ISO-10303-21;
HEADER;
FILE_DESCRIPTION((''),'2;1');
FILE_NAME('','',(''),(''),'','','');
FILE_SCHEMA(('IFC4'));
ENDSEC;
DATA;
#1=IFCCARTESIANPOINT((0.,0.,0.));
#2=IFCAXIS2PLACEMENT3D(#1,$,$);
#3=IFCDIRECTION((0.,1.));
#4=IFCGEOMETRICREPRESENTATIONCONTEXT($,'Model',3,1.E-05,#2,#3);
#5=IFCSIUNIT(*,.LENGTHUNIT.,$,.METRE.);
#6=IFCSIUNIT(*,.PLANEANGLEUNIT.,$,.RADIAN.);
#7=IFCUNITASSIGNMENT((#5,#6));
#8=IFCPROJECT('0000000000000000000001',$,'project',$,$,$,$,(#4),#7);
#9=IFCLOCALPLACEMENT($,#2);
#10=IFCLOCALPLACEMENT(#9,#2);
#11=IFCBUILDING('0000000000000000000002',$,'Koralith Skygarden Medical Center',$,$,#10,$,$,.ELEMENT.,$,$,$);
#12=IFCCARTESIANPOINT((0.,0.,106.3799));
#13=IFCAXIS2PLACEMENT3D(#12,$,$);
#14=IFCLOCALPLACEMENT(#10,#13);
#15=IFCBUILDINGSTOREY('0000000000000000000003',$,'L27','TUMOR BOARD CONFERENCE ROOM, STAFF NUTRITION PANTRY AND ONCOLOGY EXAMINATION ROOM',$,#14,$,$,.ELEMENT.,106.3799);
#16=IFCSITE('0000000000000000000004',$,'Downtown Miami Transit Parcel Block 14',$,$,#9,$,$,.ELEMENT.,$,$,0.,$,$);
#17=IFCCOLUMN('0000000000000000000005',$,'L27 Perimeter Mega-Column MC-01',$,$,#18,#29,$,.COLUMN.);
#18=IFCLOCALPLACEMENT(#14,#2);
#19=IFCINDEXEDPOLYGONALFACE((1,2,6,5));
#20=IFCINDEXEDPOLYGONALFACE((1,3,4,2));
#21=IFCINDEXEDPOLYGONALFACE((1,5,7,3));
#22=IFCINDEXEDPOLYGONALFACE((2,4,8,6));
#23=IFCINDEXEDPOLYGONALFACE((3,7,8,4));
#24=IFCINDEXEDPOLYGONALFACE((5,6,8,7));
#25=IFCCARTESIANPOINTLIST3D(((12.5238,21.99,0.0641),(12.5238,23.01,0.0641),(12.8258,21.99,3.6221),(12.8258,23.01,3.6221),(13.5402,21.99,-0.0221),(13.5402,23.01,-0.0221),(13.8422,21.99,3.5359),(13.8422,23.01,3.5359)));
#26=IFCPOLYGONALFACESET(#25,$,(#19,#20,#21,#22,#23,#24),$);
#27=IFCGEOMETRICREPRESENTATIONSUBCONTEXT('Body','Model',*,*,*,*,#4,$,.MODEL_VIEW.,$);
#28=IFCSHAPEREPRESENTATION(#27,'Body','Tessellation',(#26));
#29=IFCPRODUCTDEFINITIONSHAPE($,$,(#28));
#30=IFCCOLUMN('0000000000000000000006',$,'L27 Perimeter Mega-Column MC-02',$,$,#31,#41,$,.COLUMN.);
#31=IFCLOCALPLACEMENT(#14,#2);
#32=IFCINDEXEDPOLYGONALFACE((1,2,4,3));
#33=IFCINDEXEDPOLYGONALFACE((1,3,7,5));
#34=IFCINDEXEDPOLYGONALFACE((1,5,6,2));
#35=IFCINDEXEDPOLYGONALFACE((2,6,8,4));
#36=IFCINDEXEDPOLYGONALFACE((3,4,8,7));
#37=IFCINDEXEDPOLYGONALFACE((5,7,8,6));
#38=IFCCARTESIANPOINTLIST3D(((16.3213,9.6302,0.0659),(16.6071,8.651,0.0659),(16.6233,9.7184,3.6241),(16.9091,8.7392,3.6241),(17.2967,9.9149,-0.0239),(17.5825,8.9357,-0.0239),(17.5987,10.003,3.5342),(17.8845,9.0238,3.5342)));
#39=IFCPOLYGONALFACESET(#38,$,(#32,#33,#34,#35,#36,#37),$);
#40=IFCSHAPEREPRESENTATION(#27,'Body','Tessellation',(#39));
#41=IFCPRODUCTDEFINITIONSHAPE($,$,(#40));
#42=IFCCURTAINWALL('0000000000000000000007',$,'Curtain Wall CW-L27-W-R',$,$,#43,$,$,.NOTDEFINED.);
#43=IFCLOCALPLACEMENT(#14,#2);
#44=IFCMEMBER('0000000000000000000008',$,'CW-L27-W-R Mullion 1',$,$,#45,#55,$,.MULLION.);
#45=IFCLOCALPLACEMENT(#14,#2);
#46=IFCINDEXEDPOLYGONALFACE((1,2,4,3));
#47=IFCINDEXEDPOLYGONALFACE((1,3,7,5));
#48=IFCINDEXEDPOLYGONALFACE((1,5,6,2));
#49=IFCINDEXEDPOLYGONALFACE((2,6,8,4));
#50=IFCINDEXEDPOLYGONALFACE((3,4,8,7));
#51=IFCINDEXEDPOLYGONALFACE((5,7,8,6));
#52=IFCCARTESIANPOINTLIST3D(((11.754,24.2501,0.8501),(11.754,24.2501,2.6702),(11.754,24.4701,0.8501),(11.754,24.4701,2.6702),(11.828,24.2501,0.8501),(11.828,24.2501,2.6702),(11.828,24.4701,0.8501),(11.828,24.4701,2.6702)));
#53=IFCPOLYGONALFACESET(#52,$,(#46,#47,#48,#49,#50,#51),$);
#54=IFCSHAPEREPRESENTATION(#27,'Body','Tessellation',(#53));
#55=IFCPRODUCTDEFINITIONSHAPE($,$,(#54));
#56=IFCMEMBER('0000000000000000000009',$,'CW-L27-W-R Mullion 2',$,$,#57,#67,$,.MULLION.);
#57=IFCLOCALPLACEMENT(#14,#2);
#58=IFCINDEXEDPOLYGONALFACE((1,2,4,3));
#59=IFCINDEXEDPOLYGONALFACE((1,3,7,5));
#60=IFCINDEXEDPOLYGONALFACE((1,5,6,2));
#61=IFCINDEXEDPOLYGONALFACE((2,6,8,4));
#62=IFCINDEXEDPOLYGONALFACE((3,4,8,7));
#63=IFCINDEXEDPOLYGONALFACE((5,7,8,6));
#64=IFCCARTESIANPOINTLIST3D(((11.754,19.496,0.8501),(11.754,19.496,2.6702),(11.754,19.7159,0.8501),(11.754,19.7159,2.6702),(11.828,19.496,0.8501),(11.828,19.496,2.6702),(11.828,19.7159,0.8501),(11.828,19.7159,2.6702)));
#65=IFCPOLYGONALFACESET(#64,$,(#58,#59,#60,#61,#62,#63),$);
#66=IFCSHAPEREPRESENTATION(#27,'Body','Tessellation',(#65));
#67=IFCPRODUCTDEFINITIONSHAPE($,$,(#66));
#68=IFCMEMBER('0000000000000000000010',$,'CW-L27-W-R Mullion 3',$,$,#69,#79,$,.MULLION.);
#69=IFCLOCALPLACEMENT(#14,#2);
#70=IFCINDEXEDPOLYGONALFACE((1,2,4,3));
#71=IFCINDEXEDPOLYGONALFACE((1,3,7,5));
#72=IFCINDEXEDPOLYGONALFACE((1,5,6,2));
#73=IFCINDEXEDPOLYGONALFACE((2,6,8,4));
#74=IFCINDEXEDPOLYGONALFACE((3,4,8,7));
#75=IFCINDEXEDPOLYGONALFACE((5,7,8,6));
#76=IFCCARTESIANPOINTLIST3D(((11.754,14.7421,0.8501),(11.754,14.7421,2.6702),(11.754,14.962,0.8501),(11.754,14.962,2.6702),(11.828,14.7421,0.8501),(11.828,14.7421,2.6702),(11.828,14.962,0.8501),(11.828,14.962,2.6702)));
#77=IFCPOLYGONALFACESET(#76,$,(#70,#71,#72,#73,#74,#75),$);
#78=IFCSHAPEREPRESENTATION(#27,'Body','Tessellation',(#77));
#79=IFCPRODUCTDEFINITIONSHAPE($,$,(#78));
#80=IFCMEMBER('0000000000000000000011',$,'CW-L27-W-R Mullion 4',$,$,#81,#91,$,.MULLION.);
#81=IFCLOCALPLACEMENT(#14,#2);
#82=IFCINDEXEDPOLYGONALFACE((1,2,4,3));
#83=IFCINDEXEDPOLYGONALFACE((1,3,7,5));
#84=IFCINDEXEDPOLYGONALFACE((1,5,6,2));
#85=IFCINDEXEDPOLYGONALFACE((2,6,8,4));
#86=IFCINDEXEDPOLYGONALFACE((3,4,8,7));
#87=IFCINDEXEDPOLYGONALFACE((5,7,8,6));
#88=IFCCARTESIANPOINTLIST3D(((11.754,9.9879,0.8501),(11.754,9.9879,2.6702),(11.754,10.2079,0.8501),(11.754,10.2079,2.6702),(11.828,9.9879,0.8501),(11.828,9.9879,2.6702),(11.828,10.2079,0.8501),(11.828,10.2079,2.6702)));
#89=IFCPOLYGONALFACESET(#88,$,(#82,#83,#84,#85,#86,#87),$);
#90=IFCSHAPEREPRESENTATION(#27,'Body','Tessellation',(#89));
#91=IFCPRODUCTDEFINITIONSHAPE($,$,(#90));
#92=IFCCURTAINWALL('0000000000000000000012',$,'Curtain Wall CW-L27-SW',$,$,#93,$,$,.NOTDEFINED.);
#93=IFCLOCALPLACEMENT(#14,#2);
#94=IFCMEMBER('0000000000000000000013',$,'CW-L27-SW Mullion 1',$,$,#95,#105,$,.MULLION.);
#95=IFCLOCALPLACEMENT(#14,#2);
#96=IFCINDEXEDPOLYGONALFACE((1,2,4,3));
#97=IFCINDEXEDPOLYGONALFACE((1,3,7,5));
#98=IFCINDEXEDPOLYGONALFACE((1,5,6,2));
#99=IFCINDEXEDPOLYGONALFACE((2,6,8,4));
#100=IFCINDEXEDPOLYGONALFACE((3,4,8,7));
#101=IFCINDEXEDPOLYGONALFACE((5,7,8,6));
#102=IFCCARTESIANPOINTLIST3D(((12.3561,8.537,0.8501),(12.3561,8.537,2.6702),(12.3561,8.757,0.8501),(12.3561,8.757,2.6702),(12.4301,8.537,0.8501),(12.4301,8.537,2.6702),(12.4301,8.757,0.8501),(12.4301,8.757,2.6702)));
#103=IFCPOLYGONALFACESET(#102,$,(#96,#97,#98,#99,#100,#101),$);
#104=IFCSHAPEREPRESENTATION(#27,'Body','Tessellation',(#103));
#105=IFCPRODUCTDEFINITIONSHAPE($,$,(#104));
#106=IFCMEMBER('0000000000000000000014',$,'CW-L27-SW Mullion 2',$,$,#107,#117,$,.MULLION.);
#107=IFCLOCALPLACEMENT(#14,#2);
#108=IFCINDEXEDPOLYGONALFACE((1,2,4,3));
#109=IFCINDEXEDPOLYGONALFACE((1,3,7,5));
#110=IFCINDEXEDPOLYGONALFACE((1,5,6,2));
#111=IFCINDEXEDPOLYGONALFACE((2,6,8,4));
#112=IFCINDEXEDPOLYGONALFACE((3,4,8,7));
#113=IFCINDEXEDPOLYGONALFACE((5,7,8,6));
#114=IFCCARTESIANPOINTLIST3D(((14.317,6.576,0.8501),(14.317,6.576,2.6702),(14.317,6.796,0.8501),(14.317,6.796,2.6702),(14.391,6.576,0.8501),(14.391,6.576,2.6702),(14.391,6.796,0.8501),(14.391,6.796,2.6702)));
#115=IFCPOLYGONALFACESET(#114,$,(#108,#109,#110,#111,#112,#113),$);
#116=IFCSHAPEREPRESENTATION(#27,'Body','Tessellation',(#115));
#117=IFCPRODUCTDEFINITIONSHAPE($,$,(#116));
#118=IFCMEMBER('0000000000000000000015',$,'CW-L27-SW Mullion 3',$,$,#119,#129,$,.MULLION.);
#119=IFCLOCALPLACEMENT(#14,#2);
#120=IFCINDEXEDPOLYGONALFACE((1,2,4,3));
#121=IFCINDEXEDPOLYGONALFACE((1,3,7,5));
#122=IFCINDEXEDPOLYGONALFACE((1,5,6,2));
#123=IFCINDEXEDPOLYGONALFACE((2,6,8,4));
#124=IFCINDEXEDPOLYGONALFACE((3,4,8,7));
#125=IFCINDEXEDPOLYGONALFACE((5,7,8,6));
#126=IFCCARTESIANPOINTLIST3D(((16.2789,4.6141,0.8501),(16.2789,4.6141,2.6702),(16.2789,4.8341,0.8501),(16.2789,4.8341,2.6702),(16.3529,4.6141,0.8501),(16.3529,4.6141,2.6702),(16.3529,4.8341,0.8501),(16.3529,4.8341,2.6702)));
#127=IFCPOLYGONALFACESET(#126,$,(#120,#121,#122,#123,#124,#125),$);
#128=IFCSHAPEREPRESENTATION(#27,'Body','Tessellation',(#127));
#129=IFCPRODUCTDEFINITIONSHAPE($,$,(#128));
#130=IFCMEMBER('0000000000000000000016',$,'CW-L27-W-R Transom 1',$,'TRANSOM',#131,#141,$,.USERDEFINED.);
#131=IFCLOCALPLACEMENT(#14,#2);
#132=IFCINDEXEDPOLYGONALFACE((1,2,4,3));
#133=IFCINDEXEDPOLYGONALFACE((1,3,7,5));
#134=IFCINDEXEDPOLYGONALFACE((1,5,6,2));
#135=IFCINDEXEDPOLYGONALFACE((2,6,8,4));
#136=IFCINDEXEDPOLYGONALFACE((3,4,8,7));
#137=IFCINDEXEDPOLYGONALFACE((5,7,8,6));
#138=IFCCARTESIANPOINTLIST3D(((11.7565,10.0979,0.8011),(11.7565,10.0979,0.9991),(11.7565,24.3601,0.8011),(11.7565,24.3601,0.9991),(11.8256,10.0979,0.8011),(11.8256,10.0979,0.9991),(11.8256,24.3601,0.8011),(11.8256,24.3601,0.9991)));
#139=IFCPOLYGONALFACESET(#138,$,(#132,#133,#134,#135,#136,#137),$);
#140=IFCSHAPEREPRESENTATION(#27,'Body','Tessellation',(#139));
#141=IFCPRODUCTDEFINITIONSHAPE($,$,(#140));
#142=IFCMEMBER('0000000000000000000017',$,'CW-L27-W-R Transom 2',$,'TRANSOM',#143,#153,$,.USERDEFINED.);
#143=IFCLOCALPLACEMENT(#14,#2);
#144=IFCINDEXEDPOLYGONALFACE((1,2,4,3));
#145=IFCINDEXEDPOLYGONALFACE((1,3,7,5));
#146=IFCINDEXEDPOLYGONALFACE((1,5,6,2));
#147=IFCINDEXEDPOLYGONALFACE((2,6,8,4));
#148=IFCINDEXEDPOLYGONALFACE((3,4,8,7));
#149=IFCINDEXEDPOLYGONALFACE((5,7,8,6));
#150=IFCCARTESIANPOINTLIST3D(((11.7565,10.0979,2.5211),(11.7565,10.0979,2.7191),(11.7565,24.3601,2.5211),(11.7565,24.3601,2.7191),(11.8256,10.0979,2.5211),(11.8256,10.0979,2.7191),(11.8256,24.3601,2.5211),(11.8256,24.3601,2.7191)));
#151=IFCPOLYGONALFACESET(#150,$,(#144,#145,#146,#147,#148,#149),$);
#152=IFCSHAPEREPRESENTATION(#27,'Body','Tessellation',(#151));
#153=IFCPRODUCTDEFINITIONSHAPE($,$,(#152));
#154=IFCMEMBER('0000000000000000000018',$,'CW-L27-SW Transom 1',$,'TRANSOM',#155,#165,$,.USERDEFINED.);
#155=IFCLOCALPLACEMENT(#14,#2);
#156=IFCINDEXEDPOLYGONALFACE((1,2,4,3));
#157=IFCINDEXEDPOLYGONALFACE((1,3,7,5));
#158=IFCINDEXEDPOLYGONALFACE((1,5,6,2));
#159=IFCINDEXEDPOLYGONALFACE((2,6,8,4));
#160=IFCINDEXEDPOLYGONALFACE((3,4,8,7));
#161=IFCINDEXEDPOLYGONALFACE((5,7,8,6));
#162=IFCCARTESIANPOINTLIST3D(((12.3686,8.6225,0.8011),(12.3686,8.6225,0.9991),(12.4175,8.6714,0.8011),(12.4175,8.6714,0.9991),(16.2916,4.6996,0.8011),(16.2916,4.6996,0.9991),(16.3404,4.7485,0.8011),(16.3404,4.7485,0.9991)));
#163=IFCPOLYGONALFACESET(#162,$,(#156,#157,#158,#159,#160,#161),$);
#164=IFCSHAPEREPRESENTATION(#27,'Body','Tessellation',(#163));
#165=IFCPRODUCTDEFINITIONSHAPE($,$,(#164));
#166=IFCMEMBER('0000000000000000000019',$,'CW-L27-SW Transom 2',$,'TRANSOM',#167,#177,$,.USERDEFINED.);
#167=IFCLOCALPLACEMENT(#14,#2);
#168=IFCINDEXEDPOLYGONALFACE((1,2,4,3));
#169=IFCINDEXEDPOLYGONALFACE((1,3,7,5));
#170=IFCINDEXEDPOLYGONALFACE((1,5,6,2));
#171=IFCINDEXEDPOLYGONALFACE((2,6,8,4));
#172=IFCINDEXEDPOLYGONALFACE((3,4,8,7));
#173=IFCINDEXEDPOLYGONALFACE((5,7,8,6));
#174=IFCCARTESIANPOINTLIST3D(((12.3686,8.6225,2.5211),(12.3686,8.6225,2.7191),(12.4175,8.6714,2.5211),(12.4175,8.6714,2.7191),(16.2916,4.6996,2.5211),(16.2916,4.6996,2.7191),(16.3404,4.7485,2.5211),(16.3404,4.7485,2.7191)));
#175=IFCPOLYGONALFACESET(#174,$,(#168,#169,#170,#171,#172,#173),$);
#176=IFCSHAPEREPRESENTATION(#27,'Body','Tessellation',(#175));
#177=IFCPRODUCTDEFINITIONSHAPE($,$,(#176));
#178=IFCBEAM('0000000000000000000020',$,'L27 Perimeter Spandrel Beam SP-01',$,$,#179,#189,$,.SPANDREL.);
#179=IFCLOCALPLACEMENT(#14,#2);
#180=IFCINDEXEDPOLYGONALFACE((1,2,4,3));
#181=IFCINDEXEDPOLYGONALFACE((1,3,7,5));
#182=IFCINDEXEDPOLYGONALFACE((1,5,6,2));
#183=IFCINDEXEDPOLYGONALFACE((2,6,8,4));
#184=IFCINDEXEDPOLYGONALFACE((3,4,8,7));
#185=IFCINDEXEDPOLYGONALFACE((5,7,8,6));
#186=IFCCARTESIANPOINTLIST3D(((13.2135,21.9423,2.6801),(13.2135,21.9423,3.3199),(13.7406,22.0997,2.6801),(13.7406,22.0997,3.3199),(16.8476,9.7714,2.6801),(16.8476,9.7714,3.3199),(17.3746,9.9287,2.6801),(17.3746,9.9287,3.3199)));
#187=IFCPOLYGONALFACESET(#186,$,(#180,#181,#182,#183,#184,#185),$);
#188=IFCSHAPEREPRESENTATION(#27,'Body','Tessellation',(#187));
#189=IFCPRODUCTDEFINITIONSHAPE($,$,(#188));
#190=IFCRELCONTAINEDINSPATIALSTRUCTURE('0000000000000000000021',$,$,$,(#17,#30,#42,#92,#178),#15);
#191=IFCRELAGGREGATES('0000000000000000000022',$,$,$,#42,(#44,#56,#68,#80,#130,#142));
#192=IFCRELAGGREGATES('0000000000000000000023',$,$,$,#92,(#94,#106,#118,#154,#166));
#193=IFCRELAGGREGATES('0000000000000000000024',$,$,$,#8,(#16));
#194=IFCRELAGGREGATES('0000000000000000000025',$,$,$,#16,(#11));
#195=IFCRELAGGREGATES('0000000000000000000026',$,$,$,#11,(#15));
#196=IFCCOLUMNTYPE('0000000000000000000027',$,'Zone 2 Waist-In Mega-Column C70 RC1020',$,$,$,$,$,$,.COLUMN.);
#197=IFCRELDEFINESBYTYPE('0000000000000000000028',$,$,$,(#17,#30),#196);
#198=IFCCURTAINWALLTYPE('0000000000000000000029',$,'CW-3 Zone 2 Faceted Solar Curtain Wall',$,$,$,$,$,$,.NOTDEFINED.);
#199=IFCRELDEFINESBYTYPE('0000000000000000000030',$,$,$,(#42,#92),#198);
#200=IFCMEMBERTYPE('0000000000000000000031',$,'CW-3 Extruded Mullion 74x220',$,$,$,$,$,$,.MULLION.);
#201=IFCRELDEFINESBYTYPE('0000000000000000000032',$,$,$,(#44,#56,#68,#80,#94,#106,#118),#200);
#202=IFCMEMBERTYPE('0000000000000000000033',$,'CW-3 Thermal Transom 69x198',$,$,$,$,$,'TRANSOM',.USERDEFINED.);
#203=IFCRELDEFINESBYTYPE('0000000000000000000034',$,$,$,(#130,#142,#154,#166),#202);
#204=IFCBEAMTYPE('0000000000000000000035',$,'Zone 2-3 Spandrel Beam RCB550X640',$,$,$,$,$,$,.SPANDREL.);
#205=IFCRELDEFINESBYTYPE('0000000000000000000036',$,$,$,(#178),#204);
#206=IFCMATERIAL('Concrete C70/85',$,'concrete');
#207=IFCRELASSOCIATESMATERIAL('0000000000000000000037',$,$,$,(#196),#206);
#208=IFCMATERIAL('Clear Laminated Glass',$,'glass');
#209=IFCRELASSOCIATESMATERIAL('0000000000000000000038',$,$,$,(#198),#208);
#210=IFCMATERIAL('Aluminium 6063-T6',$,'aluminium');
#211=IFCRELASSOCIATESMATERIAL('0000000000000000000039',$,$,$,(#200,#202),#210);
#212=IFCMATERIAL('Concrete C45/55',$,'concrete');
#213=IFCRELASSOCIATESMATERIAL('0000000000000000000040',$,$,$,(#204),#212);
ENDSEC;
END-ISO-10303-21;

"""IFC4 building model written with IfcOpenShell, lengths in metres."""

from ifc_helpers import new_model, si_unit, direction, frame, origin, origin_2d, place, context, subcontext, project, spatial, rectangle, extrude, material, material_profile, profile_set, type_object, element, aggregate, save


model = new_model("IFC4")

# Units and contexts
model_context = context("Model", 3, precision=1e-05, world=origin(), true_north=direction((0.0, 1.0)))
body_context = subcontext(model_context, "Body", "Model", "MODEL_VIEW")
ifc_project = project(units=[si_unit("LENGTHUNIT", "METRE"), si_unit("PLANEANGLEUNIT", "RADIAN")], contexts=[model_context])

# Site, building, storey
site_placement = place(None, origin())
site = spatial("IfcSite", under=ifc_project, at=site_placement, Name="Downtown Miami Transit Parcel Block 14", CompositionType="ELEMENT", RefElevation=0.0)
building_placement = place(site_placement, origin())
building = spatial("IfcBuilding", under=site, at=building_placement, Name="Koralith Skygarden Medical Center", CompositionType="ELEMENT")
storey_placement = place(building_placement, frame((0.0, 0.0, 106.3799)))
storey = spatial("IfcBuildingStorey", under=building, at=storey_placement, Name="L27", Description="TUMOR BOARD CONFERENCE ROOM, STAFF NUTRITION PANTRY AND ONCOLOGY EXAMINATION ROOM", CompositionType="ELEMENT", Elevation=106.3799)

# Columns
ifc_material_1 = material(Name="Concrete C70/85", Category="concrete")
ifc_material_profile_1 = material_profile(ifc_material_1, rectangle(XDim=1.02, YDim=1.02, at=origin_2d()), Name="RC1020X1020")
ifc_profile_set_1 = profile_set([ifc_material_profile_1], Name="Concrete C70/85")
column_type = type_object("IfcColumnType", Name="Zone 2 Waist-In Mega-Column C70 RC1020", PredefinedType="COLUMN", material=ifc_profile_set_1)
column_1_placement = place(storey_placement, frame((13.032, 22.5, 0.021), z_axis=(0.084573, 0.0, 0.996417), x_axis=(0.0, 1.0, 0.0)))
element("IfcColumn", 1, at=column_1_placement, inside=storey, type_object=column_type, Name="L27 Perimeter Mega-Column MC-01", PredefinedType="COLUMN", context=body_context, shape_type="SweptSolid", body=[
    extrude(rectangle(XDim=1.02, YDim=1.02, at=origin_2d()), origin(), (0.0, 0.0, 1.0), 3.5708),
])
column_2_placement = place(storey_placement, frame((16.9519, 9.283, 0.021), z_axis=(0.084547, 0.024674, 0.996114), x_axis=(-0.280149, 0.959957, 0.0)))
element("IfcColumn", 2, at=column_2_placement, inside=storey, type_object=column_type, Name="L27 Perimeter Mega-Column MC-02", PredefinedType="COLUMN", context=body_context, shape_type="SweptSolid", body=[
    extrude(rectangle(XDim=1.02, YDim=1.02, at=origin_2d()), origin(), (0.0, 0.0, 1.0), 3.572),
])

# Curtain walls, members
ifc_material_2 = material(Name="Clear Laminated Glass", Category="glass")
curtain_wall_type = type_object("IfcCurtainWallType", Name="CW-3 Zone 2 Faceted Solar Curtain Wall", PredefinedType="NOTDEFINED", material=ifc_material_2)
curtain_wall_1_placement = place(storey_placement, origin())
curtain_wall_1 = element("IfcCurtainWall", 3, at=curtain_wall_1_placement, inside=storey, type_object=curtain_wall_type, Name="Curtain Wall CW-L27-W-R", PredefinedType="NOTDEFINED")
ifc_material_3 = material(Name="Aluminium 6063-T6", Category="aluminium")
ifc_material_profile_2 = material_profile(ifc_material_3, rectangle(XDim=0.074, YDim=0.22, at=origin_2d()), Name="MUL74X220")
ifc_profile_set_2 = profile_set([ifc_material_profile_2], Name="Aluminium 6063-T6")
member_type_1 = type_object("IfcMemberType", Name="CW-3 Extruded Mullion 74x220", PredefinedType="MULLION", material=ifc_profile_set_2)
member_1_placement = place(storey_placement, frame((11.791, 24.3601, 0.8501), z_axis=(0.0, 0.0, 1.0), x_axis=(1.0, 0.0, 0.0)))
member_1 = element("IfcMember", 4, at=member_1_placement, type_object=member_type_1, Name="CW-L27-W-R Mullion 1", PredefinedType="MULLION", context=body_context, shape_type="SweptSolid", body=[
    extrude(rectangle(XDim=0.074, YDim=0.22, at=origin_2d()), origin(), (0.0, 0.0, 1.0), 1.8201),
])
member_2_placement = place(storey_placement, frame((11.791, 19.606, 0.8501), z_axis=(0.0, 0.0, 1.0), x_axis=(1.0, 0.0, 0.0)))
member_2 = element("IfcMember", 5, at=member_2_placement, type_object=member_type_1, Name="CW-L27-W-R Mullion 2", PredefinedType="MULLION", context=body_context, shape_type="SweptSolid", body=[
    extrude(rectangle(XDim=0.074, YDim=0.22, at=origin_2d()), origin(), (0.0, 0.0, 1.0), 1.8201),
])
member_3_placement = place(storey_placement, frame((11.791, 14.8521, 0.8501), z_axis=(0.0, 0.0, 1.0), x_axis=(1.0, 0.0, 0.0)))
member_3 = element("IfcMember", 6, at=member_3_placement, type_object=member_type_1, Name="CW-L27-W-R Mullion 3", PredefinedType="MULLION", context=body_context, shape_type="SweptSolid", body=[
    extrude(rectangle(XDim=0.074, YDim=0.22, at=origin_2d()), origin(), (0.0, 0.0, 1.0), 1.8201),
])
member_4_placement = place(storey_placement, frame((11.791, 10.0979, 0.8501), z_axis=(0.0, 0.0, 1.0), x_axis=(1.0, 0.0, 0.0)))
member_4 = element("IfcMember", 7, at=member_4_placement, type_object=member_type_1, Name="CW-L27-W-R Mullion 4", PredefinedType="MULLION", context=body_context, shape_type="SweptSolid", body=[
    extrude(rectangle(XDim=0.074, YDim=0.22, at=origin_2d()), origin(), (0.0, 0.0, 1.0), 1.8201),
])
curtain_wall_2_placement = place(storey_placement, origin())
curtain_wall_2 = element("IfcCurtainWall", 8, at=curtain_wall_2_placement, inside=storey, type_object=curtain_wall_type, Name="Curtain Wall CW-L27-SW", PredefinedType="NOTDEFINED")
member_5_placement = place(storey_placement, frame((12.3931, 8.647, 0.8501), z_axis=(0.0, 0.0, 1.0), x_axis=(1.0, 0.0, 0.0)))
member_5 = element("IfcMember", 9, at=member_5_placement, type_object=member_type_1, Name="CW-L27-SW Mullion 1", PredefinedType="MULLION", context=body_context, shape_type="SweptSolid", body=[
    extrude(rectangle(XDim=0.074, YDim=0.22, at=origin_2d()), origin(), (0.0, 0.0, 1.0), 1.8201),
])
member_6_placement = place(storey_placement, frame((14.354, 6.686, 0.8501), z_axis=(0.0, 0.0, 1.0), x_axis=(1.0, 0.0, 0.0)))
member_6 = element("IfcMember", 10, at=member_6_placement, type_object=member_type_1, Name="CW-L27-SW Mullion 2", PredefinedType="MULLION", context=body_context, shape_type="SweptSolid", body=[
    extrude(rectangle(XDim=0.074, YDim=0.22, at=origin_2d()), origin(), (0.0, 0.0, 1.0), 1.8201),
])
member_7_placement = place(storey_placement, frame((16.3159, 4.7241, 0.8501), z_axis=(0.0, 0.0, 1.0), x_axis=(1.0, 0.0, 0.0)))
member_7 = element("IfcMember", 11, at=member_7_placement, type_object=member_type_1, Name="CW-L27-SW Mullion 3", PredefinedType="MULLION", context=body_context, shape_type="SweptSolid", body=[
    extrude(rectangle(XDim=0.074, YDim=0.22, at=origin_2d()), origin(), (0.0, 0.0, 1.0), 1.8201),
])

# Members
ifc_material_profile_3 = material_profile(ifc_material_3, rectangle(XDim=0.0691, YDim=0.198, at=origin_2d()), Name="TRN69X198")
ifc_profile_set_3 = profile_set([ifc_material_profile_3], Name="Aluminium 6063-T6")
member_type_2 = type_object("IfcMemberType", Name="CW-3 Thermal Transom 69x198", ElementType="TRANSOM", PredefinedType="USERDEFINED", material=ifc_profile_set_3)
member_8_placement = place(storey_placement, frame((11.791, 24.3601, 0.9001), z_axis=(0.0, -1.0, 0.0), x_axis=(1.0, 0.0, 0.0)))
member_8 = element("IfcMember", 12, at=member_8_placement, type_object=member_type_2, Name="CW-L27-W-R Transom 1", ObjectType="TRANSOM", PredefinedType="USERDEFINED", context=body_context, shape_type="SweptSolid", body=[
    extrude(rectangle(XDim=0.0691, YDim=0.198, at=origin_2d()), origin(), (0.0, 0.0, 1.0), 14.2622),
])
member_9_placement = place(storey_placement, frame((11.791, 24.3601, 2.6201), z_axis=(0.0, -1.0, 0.0), x_axis=(1.0, 0.0, 0.0)))
member_9 = element("IfcMember", 13, at=member_9_placement, type_object=member_type_2, Name="CW-L27-W-R Transom 2", ObjectType="TRANSOM", PredefinedType="USERDEFINED", context=body_context, shape_type="SweptSolid", body=[
    extrude(rectangle(XDim=0.0691, YDim=0.198, at=origin_2d()), origin(), (0.0, 0.0, 1.0), 14.2622),
])
member_10_placement = place(storey_placement, frame((12.3931, 8.647, 0.9001), z_axis=(0.707107, -0.707107, 0.0), x_axis=(0.707107, 0.707107, 0.0)))
member_10 = element("IfcMember", 14, at=member_10_placement, type_object=member_type_2, Name="CW-L27-SW Transom 1", ObjectType="TRANSOM", PredefinedType="USERDEFINED", context=body_context, shape_type="SweptSolid", body=[
    extrude(rectangle(XDim=0.0691, YDim=0.198, at=origin_2d()), origin(), (0.0, 0.0, 1.0), 5.5479),
])
member_11_placement = place(storey_placement, frame((12.3931, 8.647, 2.6201), z_axis=(0.707107, -0.707107, 0.0), x_axis=(0.707107, 0.707107, 0.0)))
member_11 = element("IfcMember", 15, at=member_11_placement, type_object=member_type_2, Name="CW-L27-SW Transom 2", ObjectType="TRANSOM", PredefinedType="USERDEFINED", context=body_context, shape_type="SweptSolid", body=[
    extrude(rectangle(XDim=0.0691, YDim=0.198, at=origin_2d()), origin(), (0.0, 0.0, 1.0), 5.5479),
])

# Beam
ifc_material_4 = material(Name="Concrete C45/55", Category="concrete")
ifc_material_profile_4 = material_profile(ifc_material_4, rectangle(XDim=0.55, YDim=0.6399, at=origin_2d()), Name="RCB550X640")
ifc_profile_set_4 = profile_set([ifc_material_profile_4], Name="Concrete C45/55")
beam_type = type_object("IfcBeamType", Name="Zone 2-3 Spandrel Beam RCB550X640", PredefinedType="SPANDREL", material=ifc_profile_set_4)
beam_1_placement = place(storey_placement, frame((13.4771, 22.021, 3.0), z_axis=(0.286103, -0.958199, 0.0), x_axis=(0.958199, 0.286103, 0.0)))
element("IfcBeam", 16, at=beam_1_placement, inside=storey, type_object=beam_type, Name="L27 Perimeter Spandrel Beam SP-01", PredefinedType="SPANDREL", context=body_context, shape_type="SweptSolid", body=[
    extrude(rectangle(XDim=0.55, YDim=0.6399, at=origin_2d()), origin(), (0.0, 0.0, 1.0), 12.7019),
])

aggregate(curtain_wall_1, [member_1, member_2, member_3, member_4, member_8, member_9])
aggregate(curtain_wall_2, [member_5, member_6, member_7, member_10, member_11])

save(model, "model.ifc")
